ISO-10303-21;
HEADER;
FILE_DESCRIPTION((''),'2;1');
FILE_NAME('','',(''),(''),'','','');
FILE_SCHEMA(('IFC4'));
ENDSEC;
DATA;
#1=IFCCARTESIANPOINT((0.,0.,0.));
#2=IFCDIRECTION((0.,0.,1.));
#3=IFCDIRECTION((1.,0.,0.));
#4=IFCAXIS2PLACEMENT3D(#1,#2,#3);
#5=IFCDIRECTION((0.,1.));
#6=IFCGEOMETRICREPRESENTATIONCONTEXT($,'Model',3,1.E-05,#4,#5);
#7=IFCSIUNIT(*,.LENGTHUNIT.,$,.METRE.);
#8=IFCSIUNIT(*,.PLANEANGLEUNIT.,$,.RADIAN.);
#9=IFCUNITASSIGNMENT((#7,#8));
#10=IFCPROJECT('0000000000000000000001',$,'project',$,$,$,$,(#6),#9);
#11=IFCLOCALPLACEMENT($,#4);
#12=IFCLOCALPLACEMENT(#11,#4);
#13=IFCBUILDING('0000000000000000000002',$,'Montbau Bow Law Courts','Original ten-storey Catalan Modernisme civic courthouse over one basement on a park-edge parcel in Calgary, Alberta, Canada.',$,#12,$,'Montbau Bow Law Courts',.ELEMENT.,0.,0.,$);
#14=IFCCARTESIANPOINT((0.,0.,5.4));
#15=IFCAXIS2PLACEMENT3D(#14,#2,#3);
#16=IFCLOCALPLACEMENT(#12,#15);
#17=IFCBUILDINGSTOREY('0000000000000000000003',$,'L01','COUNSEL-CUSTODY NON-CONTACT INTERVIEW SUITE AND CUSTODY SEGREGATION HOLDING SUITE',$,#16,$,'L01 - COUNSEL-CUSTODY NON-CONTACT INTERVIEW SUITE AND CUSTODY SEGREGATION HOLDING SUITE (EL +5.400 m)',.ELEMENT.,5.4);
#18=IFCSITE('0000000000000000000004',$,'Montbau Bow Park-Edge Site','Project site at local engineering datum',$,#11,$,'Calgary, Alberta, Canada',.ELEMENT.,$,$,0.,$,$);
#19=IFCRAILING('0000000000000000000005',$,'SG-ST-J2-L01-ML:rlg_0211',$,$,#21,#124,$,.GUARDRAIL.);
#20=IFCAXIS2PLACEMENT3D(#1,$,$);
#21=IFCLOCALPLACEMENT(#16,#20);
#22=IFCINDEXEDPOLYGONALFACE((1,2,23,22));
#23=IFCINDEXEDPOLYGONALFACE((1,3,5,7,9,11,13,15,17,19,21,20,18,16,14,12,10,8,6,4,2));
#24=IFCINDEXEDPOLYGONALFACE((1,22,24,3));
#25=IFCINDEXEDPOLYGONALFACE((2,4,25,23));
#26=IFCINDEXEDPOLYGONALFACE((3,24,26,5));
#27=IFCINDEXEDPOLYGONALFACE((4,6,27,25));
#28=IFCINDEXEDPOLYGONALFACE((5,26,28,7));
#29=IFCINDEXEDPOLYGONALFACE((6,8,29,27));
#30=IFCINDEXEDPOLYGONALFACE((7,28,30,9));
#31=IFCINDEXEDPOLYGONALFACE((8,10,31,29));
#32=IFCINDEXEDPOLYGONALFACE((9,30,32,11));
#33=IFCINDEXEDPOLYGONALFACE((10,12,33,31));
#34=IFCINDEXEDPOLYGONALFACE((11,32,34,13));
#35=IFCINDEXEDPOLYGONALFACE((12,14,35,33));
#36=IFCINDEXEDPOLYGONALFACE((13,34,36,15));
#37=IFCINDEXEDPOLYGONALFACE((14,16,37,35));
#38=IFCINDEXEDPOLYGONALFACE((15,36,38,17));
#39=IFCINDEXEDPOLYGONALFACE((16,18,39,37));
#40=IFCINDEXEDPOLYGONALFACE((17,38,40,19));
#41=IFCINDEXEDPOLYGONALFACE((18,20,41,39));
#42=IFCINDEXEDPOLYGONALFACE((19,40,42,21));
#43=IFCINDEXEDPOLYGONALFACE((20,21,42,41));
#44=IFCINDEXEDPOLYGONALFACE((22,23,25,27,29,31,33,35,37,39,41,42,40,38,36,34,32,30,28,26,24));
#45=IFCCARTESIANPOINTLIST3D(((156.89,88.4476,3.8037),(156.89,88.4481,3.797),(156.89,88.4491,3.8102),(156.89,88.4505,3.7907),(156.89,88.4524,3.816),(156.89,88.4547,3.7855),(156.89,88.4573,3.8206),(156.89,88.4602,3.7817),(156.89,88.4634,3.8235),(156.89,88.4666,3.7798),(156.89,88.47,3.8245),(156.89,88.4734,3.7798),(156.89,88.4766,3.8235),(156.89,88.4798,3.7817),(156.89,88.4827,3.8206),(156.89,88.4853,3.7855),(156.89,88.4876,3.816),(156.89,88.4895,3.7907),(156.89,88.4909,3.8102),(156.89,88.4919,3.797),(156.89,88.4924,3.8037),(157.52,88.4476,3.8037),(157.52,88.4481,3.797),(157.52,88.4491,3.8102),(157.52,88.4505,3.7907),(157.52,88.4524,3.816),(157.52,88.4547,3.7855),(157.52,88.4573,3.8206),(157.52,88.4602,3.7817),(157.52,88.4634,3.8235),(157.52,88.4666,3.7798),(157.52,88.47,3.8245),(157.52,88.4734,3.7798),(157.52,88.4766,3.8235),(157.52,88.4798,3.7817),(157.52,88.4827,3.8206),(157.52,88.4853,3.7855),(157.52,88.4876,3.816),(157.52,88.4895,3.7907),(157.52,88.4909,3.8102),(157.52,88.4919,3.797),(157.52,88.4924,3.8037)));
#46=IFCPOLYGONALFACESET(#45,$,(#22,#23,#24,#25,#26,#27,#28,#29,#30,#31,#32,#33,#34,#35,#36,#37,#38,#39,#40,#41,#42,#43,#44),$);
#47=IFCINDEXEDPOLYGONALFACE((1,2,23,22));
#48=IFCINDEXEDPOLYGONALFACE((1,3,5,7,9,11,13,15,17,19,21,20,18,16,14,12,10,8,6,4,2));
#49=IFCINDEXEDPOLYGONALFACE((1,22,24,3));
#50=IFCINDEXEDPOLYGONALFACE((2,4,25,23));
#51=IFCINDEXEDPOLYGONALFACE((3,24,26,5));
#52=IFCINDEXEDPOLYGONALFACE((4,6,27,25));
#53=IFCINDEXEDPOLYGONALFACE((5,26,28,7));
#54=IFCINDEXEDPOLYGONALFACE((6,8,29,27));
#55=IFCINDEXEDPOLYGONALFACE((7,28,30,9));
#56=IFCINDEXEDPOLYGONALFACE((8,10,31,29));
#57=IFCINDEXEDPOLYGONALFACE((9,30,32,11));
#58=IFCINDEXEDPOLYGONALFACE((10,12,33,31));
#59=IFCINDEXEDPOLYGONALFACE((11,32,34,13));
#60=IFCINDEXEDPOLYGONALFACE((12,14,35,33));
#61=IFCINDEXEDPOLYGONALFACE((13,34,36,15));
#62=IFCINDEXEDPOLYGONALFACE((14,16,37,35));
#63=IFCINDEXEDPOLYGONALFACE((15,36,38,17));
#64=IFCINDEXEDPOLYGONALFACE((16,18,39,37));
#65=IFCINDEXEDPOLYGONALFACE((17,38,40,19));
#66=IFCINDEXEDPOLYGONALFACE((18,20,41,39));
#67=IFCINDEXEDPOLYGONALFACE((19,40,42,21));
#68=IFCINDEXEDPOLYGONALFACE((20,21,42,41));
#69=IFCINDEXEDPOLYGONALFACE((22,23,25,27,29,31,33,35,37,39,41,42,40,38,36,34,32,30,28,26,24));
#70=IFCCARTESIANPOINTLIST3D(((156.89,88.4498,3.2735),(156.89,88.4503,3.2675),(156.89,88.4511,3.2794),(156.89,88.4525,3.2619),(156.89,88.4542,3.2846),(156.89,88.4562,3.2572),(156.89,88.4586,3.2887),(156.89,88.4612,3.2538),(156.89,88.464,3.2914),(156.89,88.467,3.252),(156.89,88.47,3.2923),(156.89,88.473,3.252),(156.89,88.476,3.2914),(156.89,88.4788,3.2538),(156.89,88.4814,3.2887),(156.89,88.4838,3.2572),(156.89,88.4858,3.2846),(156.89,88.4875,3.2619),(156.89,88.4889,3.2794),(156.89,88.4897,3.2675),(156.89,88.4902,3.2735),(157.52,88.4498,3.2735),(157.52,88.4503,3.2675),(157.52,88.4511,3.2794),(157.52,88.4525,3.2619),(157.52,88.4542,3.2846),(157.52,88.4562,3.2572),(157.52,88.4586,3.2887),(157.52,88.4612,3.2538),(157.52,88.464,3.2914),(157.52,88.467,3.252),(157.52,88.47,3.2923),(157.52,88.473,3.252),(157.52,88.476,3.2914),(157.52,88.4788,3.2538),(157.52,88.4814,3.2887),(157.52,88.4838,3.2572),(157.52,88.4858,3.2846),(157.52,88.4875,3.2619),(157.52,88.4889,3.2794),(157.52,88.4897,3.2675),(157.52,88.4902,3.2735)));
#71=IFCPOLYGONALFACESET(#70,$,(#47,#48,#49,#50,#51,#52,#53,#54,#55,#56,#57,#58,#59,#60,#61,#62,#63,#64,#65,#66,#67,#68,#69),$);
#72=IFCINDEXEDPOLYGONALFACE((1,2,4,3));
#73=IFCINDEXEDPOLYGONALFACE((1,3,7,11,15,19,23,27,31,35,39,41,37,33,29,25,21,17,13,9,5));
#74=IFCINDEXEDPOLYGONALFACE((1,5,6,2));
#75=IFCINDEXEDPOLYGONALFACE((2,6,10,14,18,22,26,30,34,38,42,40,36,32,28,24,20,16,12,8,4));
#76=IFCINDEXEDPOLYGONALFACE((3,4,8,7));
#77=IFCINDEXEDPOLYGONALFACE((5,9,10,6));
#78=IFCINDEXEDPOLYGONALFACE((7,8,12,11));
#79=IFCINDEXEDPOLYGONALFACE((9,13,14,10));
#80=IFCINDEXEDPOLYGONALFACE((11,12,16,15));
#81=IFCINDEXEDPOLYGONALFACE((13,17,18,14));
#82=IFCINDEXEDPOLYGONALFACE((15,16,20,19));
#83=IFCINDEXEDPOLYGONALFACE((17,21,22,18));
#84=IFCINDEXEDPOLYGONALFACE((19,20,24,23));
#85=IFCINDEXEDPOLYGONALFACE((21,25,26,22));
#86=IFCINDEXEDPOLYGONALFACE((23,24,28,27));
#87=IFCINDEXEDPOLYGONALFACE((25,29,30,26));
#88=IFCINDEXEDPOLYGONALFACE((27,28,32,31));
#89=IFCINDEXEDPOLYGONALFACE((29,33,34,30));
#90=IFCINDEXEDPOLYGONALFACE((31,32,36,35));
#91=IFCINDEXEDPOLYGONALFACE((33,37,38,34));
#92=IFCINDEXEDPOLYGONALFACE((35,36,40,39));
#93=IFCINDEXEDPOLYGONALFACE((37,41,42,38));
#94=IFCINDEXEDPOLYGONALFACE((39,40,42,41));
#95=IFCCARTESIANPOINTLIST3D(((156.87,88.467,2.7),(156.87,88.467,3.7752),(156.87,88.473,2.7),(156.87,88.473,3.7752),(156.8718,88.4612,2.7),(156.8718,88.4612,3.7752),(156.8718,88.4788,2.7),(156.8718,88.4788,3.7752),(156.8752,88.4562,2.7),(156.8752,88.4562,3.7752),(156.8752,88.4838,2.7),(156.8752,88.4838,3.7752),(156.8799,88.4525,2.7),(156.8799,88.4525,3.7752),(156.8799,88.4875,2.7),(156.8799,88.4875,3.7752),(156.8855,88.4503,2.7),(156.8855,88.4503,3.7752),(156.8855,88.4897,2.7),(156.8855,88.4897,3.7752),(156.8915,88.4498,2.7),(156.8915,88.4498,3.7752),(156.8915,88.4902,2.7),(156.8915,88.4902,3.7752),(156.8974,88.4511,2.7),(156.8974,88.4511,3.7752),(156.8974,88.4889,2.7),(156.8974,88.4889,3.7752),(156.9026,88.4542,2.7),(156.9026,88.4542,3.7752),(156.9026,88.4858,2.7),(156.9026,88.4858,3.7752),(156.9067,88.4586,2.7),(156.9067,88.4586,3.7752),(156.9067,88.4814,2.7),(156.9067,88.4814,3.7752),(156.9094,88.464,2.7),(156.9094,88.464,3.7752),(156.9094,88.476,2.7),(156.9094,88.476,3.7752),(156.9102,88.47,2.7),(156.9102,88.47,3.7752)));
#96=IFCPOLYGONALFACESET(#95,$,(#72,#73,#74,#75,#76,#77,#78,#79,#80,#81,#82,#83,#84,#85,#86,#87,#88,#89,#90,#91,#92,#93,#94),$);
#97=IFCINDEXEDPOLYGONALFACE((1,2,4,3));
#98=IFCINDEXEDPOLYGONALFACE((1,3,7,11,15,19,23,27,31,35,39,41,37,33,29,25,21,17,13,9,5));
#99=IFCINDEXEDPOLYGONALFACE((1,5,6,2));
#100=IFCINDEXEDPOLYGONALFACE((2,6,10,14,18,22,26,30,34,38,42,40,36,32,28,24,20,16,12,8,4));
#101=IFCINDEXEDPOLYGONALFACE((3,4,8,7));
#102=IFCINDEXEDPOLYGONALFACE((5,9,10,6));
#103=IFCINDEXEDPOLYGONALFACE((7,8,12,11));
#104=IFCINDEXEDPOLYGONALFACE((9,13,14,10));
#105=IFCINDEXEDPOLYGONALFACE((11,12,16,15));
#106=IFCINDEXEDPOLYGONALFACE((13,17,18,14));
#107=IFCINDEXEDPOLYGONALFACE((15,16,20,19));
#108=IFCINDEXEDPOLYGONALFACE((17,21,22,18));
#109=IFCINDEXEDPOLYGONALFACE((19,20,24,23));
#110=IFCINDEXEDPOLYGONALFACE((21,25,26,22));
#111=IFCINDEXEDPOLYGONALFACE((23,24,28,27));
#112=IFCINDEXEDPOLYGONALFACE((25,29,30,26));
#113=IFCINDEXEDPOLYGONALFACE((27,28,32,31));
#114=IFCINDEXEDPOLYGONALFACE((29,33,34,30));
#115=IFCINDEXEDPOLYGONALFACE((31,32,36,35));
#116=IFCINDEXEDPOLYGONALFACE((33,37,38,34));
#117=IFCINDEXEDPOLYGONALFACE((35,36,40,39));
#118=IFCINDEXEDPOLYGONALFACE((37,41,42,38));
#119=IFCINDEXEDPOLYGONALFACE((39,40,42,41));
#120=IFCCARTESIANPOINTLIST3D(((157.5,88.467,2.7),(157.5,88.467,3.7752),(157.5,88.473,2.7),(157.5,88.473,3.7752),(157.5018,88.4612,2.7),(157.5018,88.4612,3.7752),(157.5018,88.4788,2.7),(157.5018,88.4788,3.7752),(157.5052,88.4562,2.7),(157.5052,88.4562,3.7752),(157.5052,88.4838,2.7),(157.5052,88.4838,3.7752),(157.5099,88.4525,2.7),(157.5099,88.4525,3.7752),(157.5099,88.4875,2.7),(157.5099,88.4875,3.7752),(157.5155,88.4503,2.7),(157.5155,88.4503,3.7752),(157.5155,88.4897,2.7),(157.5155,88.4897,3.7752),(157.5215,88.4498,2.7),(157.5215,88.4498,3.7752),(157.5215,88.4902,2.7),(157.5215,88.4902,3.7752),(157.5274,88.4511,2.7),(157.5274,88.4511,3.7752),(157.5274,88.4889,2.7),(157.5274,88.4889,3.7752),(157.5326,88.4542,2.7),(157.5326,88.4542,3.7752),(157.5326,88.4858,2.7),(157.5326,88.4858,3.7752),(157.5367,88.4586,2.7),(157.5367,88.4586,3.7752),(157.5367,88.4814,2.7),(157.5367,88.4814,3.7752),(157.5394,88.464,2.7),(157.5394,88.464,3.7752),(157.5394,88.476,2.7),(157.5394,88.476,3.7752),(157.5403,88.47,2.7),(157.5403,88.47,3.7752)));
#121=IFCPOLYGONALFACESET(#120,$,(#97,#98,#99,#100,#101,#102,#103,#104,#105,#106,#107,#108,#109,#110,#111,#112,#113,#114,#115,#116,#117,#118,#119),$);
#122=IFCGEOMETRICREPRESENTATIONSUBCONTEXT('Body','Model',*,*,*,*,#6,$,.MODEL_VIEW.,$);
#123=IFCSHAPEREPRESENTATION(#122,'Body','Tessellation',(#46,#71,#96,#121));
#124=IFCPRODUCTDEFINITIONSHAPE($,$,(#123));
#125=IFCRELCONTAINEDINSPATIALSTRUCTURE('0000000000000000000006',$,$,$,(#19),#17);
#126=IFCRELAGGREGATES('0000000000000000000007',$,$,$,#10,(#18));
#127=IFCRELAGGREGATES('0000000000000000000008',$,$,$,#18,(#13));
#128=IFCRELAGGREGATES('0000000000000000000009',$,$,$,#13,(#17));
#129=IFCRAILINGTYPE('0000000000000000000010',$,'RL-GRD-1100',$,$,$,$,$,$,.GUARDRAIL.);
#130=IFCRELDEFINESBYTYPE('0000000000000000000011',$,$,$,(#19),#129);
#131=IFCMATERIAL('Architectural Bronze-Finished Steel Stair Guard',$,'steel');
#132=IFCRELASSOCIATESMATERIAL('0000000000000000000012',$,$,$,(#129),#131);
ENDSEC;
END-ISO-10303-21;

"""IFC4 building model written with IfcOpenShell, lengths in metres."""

from ifc_helpers import new_model, si_unit, direction, frame, origin_with_axes, origin_2d_with_axis, place, context, subcontext, project, spatial, circle, extrude, material, type_object, element, save


model = new_model("IFC4")

# Units and contexts
model_context = context("Model", 3, precision=1e-05, world=origin_with_axes(), true_north=direction((0.0, 1.0)))
body_context = subcontext(model_context, "Body", "Model", "MODEL_VIEW")
ifc_project = project(units=[si_unit("LENGTHUNIT", "METRE"), si_unit("PLANEANGLEUNIT", "RADIAN")], contexts=[model_context])

# Site, building, storey
site_placement = place(None, origin_with_axes())
site = spatial("IfcSite", under=ifc_project, at=site_placement, Name="Montbau Bow Park-Edge Site", Description="Project site at local engineering datum", LongName="Calgary, Alberta, Canada", CompositionType="ELEMENT", RefElevation=0.0)
building_placement = place(site_placement, origin_with_axes())
building = spatial("IfcBuilding", under=site, at=building_placement, Name="Montbau Bow Law Courts", Description="Original ten-storey Catalan Modernisme civic courthouse over one basement on a park-edge parcel in Calgary, Alberta, Canada.", LongName="Montbau Bow Law Courts", CompositionType="ELEMENT", ElevationOfRefHeight=0.0, ElevationOfTerrain=0.0)
storey_placement = place(building_placement, frame((0.0, 0.0, 5.4), z_axis=(0.0, 0.0, 1.0), x_axis=(1.0, 0.0, 0.0)))
storey = spatial("IfcBuildingStorey", under=building, at=storey_placement, Name="L01", Description="COUNSEL-CUSTODY NON-CONTACT INTERVIEW SUITE AND CUSTODY SEGREGATION HOLDING SUITE", LongName="L01 - COUNSEL-CUSTODY NON-CONTACT INTERVIEW SUITE AND CUSTODY SEGREGATION HOLDING SUITE (EL +5.400 m)", CompositionType="ELEMENT", Elevation=5.4)

# Railing
ifc_material_1 = material(Name="Architectural Bronze-Finished Steel Stair Guard", Category="steel")
railing_type_1 = type_object("IfcRailingType", Name="RL-GRD-1100", PredefinedType="GUARDRAIL", material=ifc_material_1)
railing_1_placement = place(None, origin_with_axes())
element("IfcRailing", 1, at=railing_1_placement, inside=storey, type_object=railing_type_1, Name="SG-ST-J2-L01-ML:rlg_0211", PredefinedType="GUARDRAIL", context=body_context, shape_type="SweptSolid", body=[
    extrude(circle(Radius=0.0225, at=origin_2d_with_axis()), frame((156.89, 88.47, 9.202), z_axis=(1.0, 0.0, 0.0), x_axis=(0.0, 0.0, 1.0)), (0.0, 0.0, 1.0), 0.63),
    extrude(circle(Radius=0.0203, at=origin_2d_with_axis()), frame((156.89, 88.47, 8.672), z_axis=(1.0, 0.0, 0.0), x_axis=(0.0, 0.0, 1.0)), (0.0, 0.0, 1.0), 0.63),
    extrude(circle(Radius=0.0203, at=origin_2d_with_axis()), frame((156.89, 88.47, 8.1), z_axis=(0.0, 0.0, 1.0), x_axis=(1.0, 0.0, 0.0)), (0.0, 0.0, 1.0), 1.0753),
    extrude(circle(Radius=0.0203, at=origin_2d_with_axis()), frame((157.52, 88.47, 8.1), z_axis=(0.0, 0.0, 1.0), x_axis=(1.0, 0.0, 0.0)), (0.0, 0.0, 1.0), 1.0753),
])

save(model, "model.ifc")
